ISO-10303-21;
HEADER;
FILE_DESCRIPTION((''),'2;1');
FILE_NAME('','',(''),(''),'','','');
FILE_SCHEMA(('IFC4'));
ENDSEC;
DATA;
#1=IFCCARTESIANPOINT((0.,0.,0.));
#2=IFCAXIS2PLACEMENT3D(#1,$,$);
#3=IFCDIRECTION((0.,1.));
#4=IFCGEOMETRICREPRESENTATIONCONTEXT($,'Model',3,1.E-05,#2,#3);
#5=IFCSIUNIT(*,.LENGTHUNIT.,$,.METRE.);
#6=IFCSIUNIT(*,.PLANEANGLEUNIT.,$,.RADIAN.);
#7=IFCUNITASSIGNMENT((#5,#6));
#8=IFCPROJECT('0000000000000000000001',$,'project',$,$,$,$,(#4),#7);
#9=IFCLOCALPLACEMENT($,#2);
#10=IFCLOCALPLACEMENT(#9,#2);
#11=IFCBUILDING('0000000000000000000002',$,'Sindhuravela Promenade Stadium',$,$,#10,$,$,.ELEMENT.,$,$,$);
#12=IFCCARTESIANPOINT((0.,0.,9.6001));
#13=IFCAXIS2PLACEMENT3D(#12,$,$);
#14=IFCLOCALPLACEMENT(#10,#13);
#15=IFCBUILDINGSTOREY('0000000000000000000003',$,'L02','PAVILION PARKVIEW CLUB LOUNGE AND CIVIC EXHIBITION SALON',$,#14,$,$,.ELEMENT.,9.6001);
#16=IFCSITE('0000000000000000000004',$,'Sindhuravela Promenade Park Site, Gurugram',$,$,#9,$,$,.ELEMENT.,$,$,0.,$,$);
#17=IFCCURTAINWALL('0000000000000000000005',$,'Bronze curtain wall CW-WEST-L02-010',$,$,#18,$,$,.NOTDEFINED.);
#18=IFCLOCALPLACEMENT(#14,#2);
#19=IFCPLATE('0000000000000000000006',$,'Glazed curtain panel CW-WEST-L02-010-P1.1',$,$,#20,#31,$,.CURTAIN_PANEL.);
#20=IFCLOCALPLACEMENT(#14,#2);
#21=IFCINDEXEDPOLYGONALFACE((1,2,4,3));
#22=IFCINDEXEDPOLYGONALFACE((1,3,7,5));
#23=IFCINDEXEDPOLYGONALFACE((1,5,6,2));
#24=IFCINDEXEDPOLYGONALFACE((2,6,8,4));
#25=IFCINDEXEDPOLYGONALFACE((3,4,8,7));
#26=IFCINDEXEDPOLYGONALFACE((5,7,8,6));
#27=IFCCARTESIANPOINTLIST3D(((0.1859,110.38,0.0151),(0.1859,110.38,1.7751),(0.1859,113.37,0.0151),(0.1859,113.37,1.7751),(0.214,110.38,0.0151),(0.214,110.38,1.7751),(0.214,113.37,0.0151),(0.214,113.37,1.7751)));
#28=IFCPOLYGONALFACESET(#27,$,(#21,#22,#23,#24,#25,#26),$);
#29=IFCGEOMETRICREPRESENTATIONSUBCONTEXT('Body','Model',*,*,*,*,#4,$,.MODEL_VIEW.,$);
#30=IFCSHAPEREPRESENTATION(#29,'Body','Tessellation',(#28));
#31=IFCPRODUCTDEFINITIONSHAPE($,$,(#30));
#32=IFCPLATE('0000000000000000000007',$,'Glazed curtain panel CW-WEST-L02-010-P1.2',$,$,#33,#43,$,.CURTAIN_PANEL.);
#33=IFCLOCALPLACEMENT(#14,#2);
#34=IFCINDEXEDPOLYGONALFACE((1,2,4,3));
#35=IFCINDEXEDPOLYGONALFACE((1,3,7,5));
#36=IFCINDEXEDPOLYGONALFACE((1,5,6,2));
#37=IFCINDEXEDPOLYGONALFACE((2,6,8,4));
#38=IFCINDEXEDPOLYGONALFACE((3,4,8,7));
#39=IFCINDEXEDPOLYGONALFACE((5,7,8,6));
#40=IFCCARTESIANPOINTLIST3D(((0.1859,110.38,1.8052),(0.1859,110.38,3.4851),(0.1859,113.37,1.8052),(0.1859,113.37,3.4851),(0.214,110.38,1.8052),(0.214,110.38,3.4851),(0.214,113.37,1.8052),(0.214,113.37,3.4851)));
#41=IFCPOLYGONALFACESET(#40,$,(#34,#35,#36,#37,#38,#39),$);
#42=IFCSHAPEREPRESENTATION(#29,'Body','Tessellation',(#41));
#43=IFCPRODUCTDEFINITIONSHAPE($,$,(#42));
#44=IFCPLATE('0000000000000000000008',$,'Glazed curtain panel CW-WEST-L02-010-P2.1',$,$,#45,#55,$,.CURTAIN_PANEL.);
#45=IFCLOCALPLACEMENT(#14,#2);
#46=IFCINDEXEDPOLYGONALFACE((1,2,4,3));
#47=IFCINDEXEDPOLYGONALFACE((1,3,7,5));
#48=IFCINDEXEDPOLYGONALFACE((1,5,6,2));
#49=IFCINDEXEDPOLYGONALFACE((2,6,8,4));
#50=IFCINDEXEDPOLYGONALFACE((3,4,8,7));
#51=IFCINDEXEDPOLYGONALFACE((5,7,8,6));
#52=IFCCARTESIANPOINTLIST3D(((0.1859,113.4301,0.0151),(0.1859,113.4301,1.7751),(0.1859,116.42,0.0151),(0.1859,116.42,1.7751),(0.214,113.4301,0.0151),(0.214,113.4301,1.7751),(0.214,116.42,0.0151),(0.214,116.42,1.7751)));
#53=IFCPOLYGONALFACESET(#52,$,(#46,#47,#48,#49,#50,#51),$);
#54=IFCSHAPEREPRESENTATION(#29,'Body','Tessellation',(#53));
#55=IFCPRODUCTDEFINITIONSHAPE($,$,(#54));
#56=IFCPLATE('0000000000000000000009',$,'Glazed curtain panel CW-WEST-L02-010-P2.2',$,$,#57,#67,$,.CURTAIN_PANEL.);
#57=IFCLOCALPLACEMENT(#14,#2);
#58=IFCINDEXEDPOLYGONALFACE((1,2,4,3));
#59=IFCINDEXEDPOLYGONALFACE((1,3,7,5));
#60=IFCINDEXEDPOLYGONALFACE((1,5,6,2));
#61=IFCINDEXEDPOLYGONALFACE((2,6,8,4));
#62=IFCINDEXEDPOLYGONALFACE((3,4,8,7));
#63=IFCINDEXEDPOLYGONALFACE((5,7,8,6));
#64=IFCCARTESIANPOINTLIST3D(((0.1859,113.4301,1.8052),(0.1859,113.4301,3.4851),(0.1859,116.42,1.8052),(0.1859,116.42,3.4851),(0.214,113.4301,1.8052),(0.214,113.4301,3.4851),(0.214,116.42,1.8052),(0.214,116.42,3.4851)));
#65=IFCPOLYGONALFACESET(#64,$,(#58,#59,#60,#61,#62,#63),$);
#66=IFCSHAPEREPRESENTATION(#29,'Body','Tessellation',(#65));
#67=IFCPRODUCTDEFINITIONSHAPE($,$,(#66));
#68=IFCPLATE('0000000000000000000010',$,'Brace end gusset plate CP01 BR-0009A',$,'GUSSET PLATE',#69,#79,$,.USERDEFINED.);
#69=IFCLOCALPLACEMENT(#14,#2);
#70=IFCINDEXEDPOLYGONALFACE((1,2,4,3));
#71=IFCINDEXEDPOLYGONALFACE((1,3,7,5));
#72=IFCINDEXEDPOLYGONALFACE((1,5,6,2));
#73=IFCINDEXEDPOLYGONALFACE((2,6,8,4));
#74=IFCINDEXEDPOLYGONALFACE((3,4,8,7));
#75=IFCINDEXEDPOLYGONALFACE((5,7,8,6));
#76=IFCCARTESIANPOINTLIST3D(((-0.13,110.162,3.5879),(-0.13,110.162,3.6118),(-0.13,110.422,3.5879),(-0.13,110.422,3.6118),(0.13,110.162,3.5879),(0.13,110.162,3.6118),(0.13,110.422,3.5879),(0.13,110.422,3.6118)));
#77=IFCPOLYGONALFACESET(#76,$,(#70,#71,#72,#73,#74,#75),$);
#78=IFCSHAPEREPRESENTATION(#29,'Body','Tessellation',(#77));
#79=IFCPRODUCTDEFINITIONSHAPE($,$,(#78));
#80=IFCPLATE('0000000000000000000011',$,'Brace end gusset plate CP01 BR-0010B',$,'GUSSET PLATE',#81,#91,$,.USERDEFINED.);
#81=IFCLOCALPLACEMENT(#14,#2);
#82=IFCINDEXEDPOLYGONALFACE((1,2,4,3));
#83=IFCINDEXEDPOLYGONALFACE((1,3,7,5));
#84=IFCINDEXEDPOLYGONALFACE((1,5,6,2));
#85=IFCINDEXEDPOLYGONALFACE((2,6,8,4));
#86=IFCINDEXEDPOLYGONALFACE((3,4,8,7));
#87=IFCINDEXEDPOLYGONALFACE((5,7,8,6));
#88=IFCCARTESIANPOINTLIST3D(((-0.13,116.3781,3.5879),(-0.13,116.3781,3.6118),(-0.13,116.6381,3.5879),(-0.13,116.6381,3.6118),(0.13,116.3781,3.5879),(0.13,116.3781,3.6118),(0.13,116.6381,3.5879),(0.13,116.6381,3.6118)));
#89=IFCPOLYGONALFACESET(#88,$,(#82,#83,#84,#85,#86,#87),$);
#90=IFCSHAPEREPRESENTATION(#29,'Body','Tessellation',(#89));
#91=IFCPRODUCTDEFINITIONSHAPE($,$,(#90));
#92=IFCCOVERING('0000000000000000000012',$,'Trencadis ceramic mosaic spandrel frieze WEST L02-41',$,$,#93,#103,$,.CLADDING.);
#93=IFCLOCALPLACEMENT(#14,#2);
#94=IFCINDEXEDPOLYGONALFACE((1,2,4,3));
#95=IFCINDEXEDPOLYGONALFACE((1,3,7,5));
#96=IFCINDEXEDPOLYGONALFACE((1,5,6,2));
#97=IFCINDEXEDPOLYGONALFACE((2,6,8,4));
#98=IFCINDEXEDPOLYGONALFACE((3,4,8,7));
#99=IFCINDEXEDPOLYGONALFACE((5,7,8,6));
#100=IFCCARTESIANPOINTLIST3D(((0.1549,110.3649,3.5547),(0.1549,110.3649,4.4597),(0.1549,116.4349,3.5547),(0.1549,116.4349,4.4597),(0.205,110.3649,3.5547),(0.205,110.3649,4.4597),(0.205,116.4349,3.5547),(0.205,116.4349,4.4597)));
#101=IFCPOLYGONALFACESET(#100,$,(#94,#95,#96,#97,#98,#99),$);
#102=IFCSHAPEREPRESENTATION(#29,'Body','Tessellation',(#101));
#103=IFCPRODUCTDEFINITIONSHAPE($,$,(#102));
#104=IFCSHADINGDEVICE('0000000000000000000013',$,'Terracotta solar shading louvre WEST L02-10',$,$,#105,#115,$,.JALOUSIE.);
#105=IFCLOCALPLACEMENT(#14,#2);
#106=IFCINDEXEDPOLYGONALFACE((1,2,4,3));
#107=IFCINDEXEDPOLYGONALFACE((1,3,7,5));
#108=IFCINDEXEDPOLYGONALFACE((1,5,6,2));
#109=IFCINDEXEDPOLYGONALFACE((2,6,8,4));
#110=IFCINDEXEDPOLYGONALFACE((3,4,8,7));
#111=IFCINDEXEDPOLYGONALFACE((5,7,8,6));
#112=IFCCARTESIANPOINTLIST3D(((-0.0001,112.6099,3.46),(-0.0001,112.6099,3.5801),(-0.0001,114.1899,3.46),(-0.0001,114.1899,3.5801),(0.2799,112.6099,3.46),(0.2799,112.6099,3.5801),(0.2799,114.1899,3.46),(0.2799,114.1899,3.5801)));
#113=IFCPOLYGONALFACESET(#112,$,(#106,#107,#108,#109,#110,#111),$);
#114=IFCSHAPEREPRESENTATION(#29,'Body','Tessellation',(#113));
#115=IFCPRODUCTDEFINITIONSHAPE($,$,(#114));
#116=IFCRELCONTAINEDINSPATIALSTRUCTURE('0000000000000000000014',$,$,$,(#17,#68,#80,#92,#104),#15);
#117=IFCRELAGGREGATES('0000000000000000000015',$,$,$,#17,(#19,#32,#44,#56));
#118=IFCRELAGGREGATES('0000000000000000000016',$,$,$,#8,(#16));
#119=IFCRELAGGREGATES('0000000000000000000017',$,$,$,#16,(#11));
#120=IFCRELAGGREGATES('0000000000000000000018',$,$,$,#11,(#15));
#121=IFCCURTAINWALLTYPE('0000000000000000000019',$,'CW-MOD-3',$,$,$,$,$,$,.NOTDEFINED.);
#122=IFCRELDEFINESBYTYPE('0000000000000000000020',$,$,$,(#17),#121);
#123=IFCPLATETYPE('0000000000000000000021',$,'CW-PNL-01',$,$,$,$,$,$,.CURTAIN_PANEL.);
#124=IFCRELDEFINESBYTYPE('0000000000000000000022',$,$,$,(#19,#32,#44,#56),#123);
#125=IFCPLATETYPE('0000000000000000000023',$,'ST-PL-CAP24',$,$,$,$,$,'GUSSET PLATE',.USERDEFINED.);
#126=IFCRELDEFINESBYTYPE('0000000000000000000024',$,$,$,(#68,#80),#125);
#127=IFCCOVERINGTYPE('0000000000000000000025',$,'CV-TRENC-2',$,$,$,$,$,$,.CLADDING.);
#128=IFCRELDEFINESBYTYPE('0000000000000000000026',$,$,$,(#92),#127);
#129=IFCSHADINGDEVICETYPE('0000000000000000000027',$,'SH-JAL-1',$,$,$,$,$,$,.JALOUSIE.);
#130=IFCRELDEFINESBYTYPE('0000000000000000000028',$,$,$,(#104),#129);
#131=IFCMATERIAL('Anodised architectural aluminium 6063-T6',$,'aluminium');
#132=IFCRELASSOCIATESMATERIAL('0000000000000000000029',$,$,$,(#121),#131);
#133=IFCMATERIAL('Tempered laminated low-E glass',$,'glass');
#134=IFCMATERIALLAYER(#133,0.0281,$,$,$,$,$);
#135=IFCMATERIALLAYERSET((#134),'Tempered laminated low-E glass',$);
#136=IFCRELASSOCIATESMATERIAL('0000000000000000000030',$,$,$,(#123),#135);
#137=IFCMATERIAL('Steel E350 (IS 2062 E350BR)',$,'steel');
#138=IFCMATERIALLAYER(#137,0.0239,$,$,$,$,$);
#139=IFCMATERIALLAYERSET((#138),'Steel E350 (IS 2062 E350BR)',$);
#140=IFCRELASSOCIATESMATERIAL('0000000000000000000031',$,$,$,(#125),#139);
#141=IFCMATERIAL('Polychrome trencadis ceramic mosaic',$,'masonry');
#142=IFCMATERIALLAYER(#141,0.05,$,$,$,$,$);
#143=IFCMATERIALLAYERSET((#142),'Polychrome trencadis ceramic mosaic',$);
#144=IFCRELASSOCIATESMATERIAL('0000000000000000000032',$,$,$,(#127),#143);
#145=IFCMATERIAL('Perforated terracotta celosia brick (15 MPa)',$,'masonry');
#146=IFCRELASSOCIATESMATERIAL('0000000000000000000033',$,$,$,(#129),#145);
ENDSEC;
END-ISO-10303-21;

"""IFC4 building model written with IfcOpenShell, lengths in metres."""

from ifc_helpers import new_model, si_unit, direction, frame, origin, origin_2d, place, context, subcontext, project, spatial, rectangle, extrude, material, layer, layer_set, type_object, element, aggregate, save


model = new_model("IFC4")

# Units and contexts
model_context = context("Model", 3, precision=1e-05, world=origin(), true_north=direction((0.0, 1.0)))
body_context = subcontext(model_context, "Body", "Model", "MODEL_VIEW")
ifc_project = project(units=[si_unit("LENGTHUNIT", "METRE"), si_unit("PLANEANGLEUNIT", "RADIAN")], contexts=[model_context])

# Site, building, storey
site_placement = place(None, origin())
site = spatial("IfcSite", under=ifc_project, at=site_placement, Name="Sindhuravela Promenade Park Site, Gurugram", CompositionType="ELEMENT", RefElevation=0.0)
building_placement = place(site_placement, origin())
building = spatial("IfcBuilding", under=site, at=building_placement, Name="Sindhuravela Promenade Stadium", CompositionType="ELEMENT")
storey_placement = place(building_placement, frame((0.0, 0.0, 9.6001)))
storey = spatial("IfcBuildingStorey", under=building, at=storey_placement, Name="L02", Description="PAVILION PARKVIEW CLUB LOUNGE AND CIVIC EXHIBITION SALON", CompositionType="ELEMENT", Elevation=9.6001)

# Curtain wall
ifc_material_1 = material(Name="Anodised architectural aluminium 6063-T6", Category="aluminium")
curtain_wall_type = type_object("IfcCurtainWallType", Name="CW-MOD-3", PredefinedType="NOTDEFINED", material=ifc_material_1)
curtain_wall_placement = place(storey_placement, origin())
curtain_wall = element("IfcCurtainWall", 1, at=curtain_wall_placement, inside=storey, type_object=curtain_wall_type, Name="Bronze curtain wall CW-WEST-L02-010", PredefinedType="NOTDEFINED")

# Shared definitions
ifc_material_2 = material(Name="Steel E350 (IS 2062 E350BR)", Category="steel")

# Shared definitions
ifc_material_3 = material(Name="Perforated terracotta celosia brick (15 MPa)", Category="masonry")

# Plates
ifc_material_4 = material(Name="Tempered laminated low-E glass", Category="glass")
ifc_layer_1 = layer(ifc_material_4, 0.0281)
ifc_layer_set_1 = layer_set([ifc_layer_1], Name="Tempered laminated low-E glass")
plate_type_1 = type_object("IfcPlateType", Name="CW-PNL-01", PredefinedType="CURTAIN_PANEL", material=ifc_layer_set_1)
plate_1_placement = place(storey_placement, frame((0.2, 111.875, 0.0151), z_axis=(0.0, 0.0, 1.0), x_axis=(0.0, 1.0, 0.0)))
plate_1 = element("IfcPlate", 2, at=plate_1_placement, type_object=plate_type_1, Name="Glazed curtain panel CW-WEST-L02-010-P1.1", PredefinedType="CURTAIN_PANEL", context=body_context, shape_type="SweptSolid", body=[
    extrude(rectangle(XDim=2.99, YDim=0.0281, at=origin_2d()), origin(), (0.0, 0.0, 1.0), 1.76),
])
plate_2_placement = place(storey_placement, frame((0.2, 111.875, 1.8052), z_axis=(0.0, 0.0, 1.0), x_axis=(0.0, 1.0, 0.0)))
plate_2 = element("IfcPlate", 3, at=plate_2_placement, type_object=plate_type_1, Name="Glazed curtain panel CW-WEST-L02-010-P1.2", PredefinedType="CURTAIN_PANEL", context=body_context, shape_type="SweptSolid", body=[
    extrude(rectangle(XDim=2.99, YDim=0.0281, at=origin_2d()), origin(), (0.0, 0.0, 1.0), 1.6799),
])
plate_3_placement = place(storey_placement, frame((0.2, 114.925, 0.0151), z_axis=(0.0, 0.0, 1.0), x_axis=(0.0, 1.0, 0.0)))
plate_3 = element("IfcPlate", 4, at=plate_3_placement, type_object=plate_type_1, Name="Glazed curtain panel CW-WEST-L02-010-P2.1", PredefinedType="CURTAIN_PANEL", context=body_context, shape_type="SweptSolid", body=[
    extrude(rectangle(XDim=2.99, YDim=0.0281, at=origin_2d()), origin(), (0.0, 0.0, 1.0), 1.76),
])
plate_4_placement = place(storey_placement, frame((0.2, 114.925, 1.8052), z_axis=(0.0, 0.0, 1.0), x_axis=(0.0, 1.0, 0.0)))
plate_4 = element("IfcPlate", 5, at=plate_4_placement, type_object=plate_type_1, Name="Glazed curtain panel CW-WEST-L02-010-P2.2", PredefinedType="CURTAIN_PANEL", context=body_context, shape_type="SweptSolid", body=[
    extrude(rectangle(XDim=2.99, YDim=0.0281, at=origin_2d()), origin(), (0.0, 0.0, 1.0), 1.6799),
])
aggregate(curtain_wall, [plate_1, plate_2, plate_3, plate_4])

# Plates
ifc_layer_2 = layer(ifc_material_2, 0.0239)
ifc_layer_set_2 = layer_set([ifc_layer_2], Name="Steel E350 (IS 2062 E350BR)")
plate_type_2 = type_object("IfcPlateType", Name="ST-PL-CAP24", ElementType="GUSSET PLATE", PredefinedType="USERDEFINED", material=ifc_layer_set_2)
for number, where, z_axis, x_axis, name in (
    (6, (0.0, 110.292, 3.5879), (0.0, 0.0, 1.0), (1.0, 0.0, 0.0), "Brace end gusset plate CP01 BR-0009A"),
    (7, (0.0, 116.5081, 3.5879), (0.0, 0.0, 1.0), (1.0, 0.0, 0.0), "Brace end gusset plate CP01 BR-0010B"),
):
    element("IfcPlate", number, at=place(storey_placement, frame(where, z_axis=z_axis, x_axis=x_axis)), inside=storey, type_object=plate_type_2, Name=name, ObjectType="GUSSET PLATE", PredefinedType="USERDEFINED", context=body_context, shape_type="SweptSolid", body=[
        extrude(rectangle(XDim=0.26, YDim=0.26, at=origin_2d()), origin(), (0.0, 0.0, 1.0), 0.0239),
    ])

# Covering
ifc_material_5 = material(Name="Polychrome trencadis ceramic mosaic", Category="masonry")
ifc_layer_3 = layer(ifc_material_5, 0.05)
ifc_layer_set_3 = layer_set([ifc_layer_3], Name="Polychrome trencadis ceramic mosaic")
covering_type = type_object("IfcCoveringType", Name="CV-TRENC-2", PredefinedType="CLADDING", material=ifc_layer_set_3)
covering_placement = place(storey_placement, frame((0.1799, 113.3999, 3.5547), z_axis=(0.0, 0.0, 1.0), x_axis=(0.0, 1.0, 0.0)))
element("IfcCovering", 8, at=covering_placement, inside=storey, type_object=covering_type, Name="Trencadis ceramic mosaic spandrel frieze WEST L02-41", PredefinedType="CLADDING", context=body_context, shape_type="SweptSolid", body=[
    extrude(rectangle(XDim=6.0701, YDim=0.05, at=origin_2d()), origin(), (0.0, 0.0, 1.0), 0.905),
])

# Shading device
shading_device_type = type_object("IfcShadingDeviceType", Name="SH-JAL-1", PredefinedType="JALOUSIE", material=ifc_material_3)
shading_device_placement = place(storey_placement, frame((0.1399, 113.3999, 3.46), z_axis=(0.0, 0.0, 1.0), x_axis=(0.0, 1.0, 0.0)))
element("IfcShadingDevice", 9, at=shading_device_placement, inside=storey, type_object=shading_device_type, Name="Terracotta solar shading louvre WEST L02-10", PredefinedType="JALOUSIE", context=body_context, shape_type="SweptSolid", body=[
    extrude(rectangle(XDim=1.5801, YDim=0.28, at=origin_2d()), origin(), (0.0, 0.0, 1.0), 0.1201),
])

save(model, "model.ifc")
